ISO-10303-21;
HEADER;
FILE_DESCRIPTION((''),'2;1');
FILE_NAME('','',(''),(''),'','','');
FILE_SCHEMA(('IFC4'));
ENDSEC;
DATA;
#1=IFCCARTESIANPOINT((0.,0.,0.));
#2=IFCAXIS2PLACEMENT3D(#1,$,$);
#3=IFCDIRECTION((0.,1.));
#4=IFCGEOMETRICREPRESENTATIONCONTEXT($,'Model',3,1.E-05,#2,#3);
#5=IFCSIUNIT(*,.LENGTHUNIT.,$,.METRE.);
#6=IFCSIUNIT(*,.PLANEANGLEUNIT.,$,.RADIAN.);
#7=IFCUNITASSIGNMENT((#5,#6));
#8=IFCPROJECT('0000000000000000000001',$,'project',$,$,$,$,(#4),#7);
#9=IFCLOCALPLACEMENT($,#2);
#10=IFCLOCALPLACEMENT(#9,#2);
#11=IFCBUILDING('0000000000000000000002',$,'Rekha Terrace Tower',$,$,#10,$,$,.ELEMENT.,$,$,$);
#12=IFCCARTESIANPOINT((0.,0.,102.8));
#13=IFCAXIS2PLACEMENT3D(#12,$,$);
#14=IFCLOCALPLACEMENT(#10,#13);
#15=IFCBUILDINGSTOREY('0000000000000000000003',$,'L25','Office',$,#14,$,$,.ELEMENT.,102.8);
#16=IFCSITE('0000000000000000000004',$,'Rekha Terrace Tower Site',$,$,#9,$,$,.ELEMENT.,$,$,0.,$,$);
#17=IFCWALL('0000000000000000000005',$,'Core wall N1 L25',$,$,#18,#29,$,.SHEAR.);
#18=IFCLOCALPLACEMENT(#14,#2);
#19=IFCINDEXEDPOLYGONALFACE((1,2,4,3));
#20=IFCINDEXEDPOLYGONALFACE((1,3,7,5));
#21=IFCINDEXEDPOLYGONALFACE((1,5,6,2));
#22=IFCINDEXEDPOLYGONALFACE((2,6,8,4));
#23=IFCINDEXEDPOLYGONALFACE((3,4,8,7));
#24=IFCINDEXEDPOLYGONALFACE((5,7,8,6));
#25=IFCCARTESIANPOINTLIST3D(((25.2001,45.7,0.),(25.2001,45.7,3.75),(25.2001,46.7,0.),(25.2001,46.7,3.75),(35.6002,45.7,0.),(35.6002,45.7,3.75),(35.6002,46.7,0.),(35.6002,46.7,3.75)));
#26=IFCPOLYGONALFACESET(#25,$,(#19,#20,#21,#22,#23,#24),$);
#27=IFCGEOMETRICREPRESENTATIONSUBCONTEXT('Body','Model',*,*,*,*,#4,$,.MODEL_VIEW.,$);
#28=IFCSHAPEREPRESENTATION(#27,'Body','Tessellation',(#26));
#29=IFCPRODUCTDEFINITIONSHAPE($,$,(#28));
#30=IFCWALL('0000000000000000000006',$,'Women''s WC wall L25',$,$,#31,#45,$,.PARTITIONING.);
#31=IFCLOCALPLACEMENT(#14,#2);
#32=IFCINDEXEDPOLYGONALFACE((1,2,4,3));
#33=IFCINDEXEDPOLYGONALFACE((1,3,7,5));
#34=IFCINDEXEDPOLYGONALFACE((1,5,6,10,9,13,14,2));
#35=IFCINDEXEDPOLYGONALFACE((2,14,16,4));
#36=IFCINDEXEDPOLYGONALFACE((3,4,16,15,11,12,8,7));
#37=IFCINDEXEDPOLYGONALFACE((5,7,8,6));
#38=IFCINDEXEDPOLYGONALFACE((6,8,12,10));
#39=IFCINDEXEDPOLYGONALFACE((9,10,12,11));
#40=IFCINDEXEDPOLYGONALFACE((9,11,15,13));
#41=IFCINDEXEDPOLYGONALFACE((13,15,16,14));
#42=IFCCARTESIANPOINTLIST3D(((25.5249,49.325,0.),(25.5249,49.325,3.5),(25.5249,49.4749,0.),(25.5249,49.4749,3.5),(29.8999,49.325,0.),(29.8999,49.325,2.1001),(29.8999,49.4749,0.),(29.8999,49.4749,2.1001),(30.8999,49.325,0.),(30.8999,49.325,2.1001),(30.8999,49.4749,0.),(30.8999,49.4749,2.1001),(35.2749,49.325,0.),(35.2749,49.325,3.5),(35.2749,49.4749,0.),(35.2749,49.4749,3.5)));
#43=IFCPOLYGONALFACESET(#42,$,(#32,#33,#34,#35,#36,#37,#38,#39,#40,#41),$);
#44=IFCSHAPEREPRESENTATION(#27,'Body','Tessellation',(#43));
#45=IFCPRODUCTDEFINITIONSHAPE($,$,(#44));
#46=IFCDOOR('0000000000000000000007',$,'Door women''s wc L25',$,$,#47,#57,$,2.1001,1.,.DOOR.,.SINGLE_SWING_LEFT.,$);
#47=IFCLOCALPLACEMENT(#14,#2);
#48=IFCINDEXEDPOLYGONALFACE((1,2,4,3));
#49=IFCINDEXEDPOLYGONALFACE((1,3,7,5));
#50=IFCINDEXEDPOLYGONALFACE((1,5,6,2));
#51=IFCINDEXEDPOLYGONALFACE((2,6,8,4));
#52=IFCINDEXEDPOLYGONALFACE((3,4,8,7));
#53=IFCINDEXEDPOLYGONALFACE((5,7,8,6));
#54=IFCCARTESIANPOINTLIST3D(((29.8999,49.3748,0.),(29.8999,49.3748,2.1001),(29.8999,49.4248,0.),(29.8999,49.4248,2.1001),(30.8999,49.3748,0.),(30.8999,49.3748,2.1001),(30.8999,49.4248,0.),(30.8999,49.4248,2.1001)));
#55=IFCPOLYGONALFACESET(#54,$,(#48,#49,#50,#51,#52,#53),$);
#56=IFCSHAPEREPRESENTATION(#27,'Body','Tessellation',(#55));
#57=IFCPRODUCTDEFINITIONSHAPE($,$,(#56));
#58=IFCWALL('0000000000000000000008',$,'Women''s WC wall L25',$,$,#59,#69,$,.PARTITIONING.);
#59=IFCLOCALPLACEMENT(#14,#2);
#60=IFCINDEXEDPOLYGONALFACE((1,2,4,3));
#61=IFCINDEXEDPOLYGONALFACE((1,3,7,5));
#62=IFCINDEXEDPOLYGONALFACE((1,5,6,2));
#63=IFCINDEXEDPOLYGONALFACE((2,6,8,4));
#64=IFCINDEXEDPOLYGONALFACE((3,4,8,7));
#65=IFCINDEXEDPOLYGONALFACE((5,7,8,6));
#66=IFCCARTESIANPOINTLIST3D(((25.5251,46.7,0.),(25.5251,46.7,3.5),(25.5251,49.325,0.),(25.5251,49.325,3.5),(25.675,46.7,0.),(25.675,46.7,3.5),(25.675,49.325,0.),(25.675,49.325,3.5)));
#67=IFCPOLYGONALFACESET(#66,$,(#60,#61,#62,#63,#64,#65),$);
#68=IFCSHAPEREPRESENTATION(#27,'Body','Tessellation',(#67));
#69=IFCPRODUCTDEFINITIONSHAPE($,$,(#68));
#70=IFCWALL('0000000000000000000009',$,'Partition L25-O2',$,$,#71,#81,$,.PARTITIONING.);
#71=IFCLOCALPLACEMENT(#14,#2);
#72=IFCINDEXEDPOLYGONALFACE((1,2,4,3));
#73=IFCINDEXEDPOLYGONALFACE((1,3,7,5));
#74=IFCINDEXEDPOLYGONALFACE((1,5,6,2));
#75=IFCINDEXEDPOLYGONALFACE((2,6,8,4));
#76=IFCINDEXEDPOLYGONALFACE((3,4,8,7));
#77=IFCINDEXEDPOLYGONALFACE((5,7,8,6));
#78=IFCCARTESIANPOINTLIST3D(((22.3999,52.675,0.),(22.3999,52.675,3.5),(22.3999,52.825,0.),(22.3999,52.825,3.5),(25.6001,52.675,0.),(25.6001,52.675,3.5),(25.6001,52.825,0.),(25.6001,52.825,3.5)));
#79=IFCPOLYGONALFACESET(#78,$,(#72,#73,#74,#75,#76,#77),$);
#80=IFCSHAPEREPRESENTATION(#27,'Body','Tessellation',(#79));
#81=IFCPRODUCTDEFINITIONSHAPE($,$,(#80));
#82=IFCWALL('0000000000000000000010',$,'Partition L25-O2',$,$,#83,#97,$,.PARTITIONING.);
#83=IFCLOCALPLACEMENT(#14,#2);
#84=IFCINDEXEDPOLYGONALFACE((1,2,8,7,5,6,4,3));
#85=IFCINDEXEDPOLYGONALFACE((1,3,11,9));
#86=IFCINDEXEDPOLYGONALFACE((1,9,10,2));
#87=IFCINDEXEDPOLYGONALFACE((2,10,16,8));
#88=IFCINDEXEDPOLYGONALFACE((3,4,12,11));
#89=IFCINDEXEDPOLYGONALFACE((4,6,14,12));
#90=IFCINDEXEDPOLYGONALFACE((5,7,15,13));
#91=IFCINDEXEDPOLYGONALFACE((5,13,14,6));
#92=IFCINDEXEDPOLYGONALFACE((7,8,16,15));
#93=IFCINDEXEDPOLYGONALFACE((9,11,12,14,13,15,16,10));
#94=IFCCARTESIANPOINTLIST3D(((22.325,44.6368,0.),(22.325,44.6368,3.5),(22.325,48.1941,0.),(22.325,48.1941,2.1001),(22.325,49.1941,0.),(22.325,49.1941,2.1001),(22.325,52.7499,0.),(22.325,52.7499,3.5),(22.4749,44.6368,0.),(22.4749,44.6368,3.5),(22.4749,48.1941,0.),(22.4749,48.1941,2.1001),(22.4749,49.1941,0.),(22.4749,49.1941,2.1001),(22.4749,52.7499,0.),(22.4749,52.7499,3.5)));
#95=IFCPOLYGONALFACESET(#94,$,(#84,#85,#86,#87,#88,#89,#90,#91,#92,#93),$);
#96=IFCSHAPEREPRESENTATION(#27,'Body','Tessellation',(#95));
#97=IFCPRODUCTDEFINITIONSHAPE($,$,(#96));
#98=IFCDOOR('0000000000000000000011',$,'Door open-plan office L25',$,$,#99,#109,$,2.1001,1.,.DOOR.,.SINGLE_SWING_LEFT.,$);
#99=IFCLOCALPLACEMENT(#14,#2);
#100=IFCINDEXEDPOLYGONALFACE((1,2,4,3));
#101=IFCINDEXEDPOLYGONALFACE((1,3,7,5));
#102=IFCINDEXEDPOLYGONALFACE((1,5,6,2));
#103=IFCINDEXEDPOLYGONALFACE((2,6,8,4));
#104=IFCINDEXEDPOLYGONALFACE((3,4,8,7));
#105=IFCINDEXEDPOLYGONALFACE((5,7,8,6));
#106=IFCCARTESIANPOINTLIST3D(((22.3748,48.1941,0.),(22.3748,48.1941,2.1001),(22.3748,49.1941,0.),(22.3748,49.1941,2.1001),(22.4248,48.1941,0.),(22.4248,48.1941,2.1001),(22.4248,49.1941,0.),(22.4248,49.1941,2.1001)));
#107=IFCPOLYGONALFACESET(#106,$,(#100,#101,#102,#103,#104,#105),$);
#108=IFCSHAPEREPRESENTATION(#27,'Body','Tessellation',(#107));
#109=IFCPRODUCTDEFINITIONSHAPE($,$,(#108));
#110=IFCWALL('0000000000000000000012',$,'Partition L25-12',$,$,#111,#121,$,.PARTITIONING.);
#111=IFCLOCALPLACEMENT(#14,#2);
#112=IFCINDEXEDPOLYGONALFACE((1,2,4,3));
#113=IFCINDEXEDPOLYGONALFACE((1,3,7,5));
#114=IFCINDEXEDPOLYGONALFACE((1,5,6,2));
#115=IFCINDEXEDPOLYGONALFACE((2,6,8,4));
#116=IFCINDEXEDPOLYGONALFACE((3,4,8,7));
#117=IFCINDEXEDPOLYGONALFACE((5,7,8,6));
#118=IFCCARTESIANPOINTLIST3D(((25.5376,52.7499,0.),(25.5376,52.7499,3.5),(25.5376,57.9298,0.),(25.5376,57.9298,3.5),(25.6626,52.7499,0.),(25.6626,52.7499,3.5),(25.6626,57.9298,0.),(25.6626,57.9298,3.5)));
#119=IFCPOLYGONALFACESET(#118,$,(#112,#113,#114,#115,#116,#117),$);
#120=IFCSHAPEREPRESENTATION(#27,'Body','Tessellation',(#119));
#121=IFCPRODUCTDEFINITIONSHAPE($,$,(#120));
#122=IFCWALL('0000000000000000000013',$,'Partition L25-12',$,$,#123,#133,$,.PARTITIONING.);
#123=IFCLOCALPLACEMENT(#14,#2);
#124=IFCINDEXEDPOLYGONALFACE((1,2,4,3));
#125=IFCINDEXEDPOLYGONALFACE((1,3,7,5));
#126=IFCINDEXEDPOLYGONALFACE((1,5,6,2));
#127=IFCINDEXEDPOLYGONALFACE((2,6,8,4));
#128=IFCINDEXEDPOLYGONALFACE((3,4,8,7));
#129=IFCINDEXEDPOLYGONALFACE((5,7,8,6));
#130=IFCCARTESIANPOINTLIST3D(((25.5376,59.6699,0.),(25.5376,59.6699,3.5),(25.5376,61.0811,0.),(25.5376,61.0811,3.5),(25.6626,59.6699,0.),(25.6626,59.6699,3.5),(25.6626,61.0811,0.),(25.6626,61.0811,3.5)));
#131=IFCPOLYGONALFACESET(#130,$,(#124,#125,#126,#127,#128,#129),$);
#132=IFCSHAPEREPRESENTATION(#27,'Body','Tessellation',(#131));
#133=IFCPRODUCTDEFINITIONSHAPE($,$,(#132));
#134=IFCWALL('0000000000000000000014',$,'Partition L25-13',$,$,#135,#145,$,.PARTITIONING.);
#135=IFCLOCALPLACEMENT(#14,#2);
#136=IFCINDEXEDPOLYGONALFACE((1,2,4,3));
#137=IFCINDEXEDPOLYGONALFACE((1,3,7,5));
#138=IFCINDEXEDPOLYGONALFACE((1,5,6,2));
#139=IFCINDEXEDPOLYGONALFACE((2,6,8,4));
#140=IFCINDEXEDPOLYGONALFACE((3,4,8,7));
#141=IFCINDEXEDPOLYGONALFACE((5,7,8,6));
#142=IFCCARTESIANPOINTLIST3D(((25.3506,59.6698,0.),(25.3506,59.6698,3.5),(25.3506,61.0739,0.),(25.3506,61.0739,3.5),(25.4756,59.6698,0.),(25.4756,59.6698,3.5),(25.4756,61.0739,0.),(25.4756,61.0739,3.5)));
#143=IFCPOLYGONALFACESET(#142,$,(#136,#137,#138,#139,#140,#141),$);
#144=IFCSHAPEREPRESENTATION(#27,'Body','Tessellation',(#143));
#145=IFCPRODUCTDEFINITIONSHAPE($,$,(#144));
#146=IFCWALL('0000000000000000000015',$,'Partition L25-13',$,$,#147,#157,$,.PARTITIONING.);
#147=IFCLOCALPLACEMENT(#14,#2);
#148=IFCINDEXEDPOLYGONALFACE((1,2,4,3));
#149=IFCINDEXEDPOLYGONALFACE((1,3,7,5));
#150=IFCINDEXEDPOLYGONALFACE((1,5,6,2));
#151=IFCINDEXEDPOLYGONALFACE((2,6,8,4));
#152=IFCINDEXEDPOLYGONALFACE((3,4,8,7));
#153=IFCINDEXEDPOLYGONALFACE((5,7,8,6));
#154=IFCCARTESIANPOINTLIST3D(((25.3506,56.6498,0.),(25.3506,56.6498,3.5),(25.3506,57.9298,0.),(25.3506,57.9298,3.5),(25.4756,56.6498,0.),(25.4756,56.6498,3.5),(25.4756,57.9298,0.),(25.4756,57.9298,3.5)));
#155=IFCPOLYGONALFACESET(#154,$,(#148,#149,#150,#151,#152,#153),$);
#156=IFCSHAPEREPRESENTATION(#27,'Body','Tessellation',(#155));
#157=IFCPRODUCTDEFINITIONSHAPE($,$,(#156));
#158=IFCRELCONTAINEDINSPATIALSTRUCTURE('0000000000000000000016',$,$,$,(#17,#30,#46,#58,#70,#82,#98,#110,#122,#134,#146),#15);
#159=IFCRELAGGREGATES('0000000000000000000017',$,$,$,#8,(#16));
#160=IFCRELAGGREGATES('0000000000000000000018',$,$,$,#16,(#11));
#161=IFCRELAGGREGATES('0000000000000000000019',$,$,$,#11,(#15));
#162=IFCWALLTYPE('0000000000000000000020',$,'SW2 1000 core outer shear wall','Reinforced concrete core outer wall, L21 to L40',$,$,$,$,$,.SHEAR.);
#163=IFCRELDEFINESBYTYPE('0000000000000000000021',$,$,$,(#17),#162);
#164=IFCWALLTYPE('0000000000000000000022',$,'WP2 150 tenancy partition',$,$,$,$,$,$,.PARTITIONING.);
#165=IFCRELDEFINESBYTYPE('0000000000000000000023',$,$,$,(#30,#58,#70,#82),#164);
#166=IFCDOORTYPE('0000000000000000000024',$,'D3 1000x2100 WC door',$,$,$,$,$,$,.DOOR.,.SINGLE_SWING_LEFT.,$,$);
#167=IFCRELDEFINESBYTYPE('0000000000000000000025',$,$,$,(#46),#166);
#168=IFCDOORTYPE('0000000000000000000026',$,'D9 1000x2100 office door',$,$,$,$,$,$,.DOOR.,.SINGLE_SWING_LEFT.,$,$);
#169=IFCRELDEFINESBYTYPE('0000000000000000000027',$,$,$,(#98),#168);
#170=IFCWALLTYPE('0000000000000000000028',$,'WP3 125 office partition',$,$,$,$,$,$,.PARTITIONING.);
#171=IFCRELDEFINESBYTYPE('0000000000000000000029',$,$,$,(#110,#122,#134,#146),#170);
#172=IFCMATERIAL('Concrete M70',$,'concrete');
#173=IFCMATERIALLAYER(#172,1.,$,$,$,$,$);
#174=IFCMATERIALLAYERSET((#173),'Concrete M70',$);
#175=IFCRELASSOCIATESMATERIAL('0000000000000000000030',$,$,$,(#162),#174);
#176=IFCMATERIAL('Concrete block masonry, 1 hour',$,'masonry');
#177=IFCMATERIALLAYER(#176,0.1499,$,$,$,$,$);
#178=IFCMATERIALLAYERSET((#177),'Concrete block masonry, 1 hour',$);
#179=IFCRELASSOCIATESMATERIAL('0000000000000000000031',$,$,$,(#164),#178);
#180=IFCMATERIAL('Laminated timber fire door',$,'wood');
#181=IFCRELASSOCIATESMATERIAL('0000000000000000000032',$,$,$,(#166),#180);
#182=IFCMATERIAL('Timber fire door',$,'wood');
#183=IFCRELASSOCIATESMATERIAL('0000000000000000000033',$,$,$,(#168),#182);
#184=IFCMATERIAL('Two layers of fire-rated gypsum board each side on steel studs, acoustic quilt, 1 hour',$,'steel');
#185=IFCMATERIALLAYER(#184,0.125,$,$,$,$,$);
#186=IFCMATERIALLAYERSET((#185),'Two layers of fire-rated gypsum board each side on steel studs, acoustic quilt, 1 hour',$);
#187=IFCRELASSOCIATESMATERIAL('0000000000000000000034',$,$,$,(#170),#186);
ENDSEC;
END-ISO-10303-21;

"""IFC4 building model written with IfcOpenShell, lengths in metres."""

from ifc_helpers import new_model, si_unit, direction, frame, frame_2d, origin, place, context, subcontext, project, spatial, rectangle, extrude, material, layer, layer_set, type_object, element, fill, save


model = new_model("IFC4")

# Units and contexts
model_context = context("Model", 3, precision=1e-05, world=origin(), true_north=direction((0.0, 1.0)))
body_context = subcontext(model_context, "Body", "Model", "MODEL_VIEW")
ifc_project = project(units=[si_unit("LENGTHUNIT", "METRE"), si_unit("PLANEANGLEUNIT", "RADIAN")], contexts=[model_context])

# Site, building, storey
site_placement = place(None, origin())
site = spatial("IfcSite", under=ifc_project, at=site_placement, Name="Rekha Terrace Tower Site", CompositionType="ELEMENT", RefElevation=0.0)
building_placement = place(site_placement, origin())
building = spatial("IfcBuilding", under=site, at=building_placement, Name="Rekha Terrace Tower", CompositionType="ELEMENT")
storey_placement = place(building_placement, frame((0.0, 0.0, 102.8)))
storey = spatial("IfcBuildingStorey", under=building, at=storey_placement, Name="L25", Description="Office", CompositionType="ELEMENT", Elevation=102.8)

# Shared definitions
ifc_material_1 = material(Name="Concrete M70", Category="concrete")

# Wall
ifc_layer_1 = layer(ifc_material_1, 1.0)
ifc_layer_set_1 = layer_set([ifc_layer_1], Name="Concrete M70")
wall_type_1 = type_object("IfcWallType", Name="SW2 1000 core outer shear wall", Description="Reinforced concrete core outer wall, L21 to L40", PredefinedType="SHEAR", material=ifc_layer_set_1)
wall_1_placement = place(storey_placement, frame((25.2, 46.2, 0.0), z_axis=(0.0, 0.0, 1.0), x_axis=(1.0, 0.0, 0.0)))
element("IfcWall", 1, at=wall_1_placement, inside=storey, type_object=wall_type_1, Name="Core wall N1 L25", PredefinedType="SHEAR", context=body_context, shape_type="SweptSolid", body=[
    extrude(rectangle(XDim=10.4001, YDim=1.0, at=frame_2d((5.2002, 0.0))), origin(), (0.0, 0.0, 1.0), 3.75),
])

# Wall, opening, door
ifc_material_2 = material(Name="Concrete block masonry, 1 hour", Category="masonry")
ifc_layer_2 = layer(ifc_material_2, 0.1499)
ifc_layer_set_2 = layer_set([ifc_layer_2], Name="Concrete block masonry, 1 hour")
wall_type_2 = type_object("IfcWallType", Name="WP2 150 tenancy partition", PredefinedType="PARTITIONING", material=ifc_layer_set_2)
wall_2_placement = place(storey_placement, frame((25.5249, 49.3999, 0.0), z_axis=(0.0, 0.0, 1.0), x_axis=(1.0, 0.0, 0.0)))
wall_2 = element("IfcWall", 2, at=wall_2_placement, inside=storey, type_object=wall_type_2, Name="Women's WC wall L25", PredefinedType="PARTITIONING", context=body_context, shape_type="SweptSolid", body=[
    extrude(rectangle(XDim=9.75, YDim=0.1499, at=frame_2d((4.875, 0.0))), origin(), (0.0, 0.0, 1.0), 3.5),
])
opening_1_placement = place(wall_2_placement, frame((4.375, 0.0, 0.0)))
opening_1 = element("IfcOpeningElement", 3, at=opening_1_placement, cuts=wall_2, PredefinedType="OPENING", context=body_context, shape_type="SweptSolid", body=[
    extrude(rectangle(XDim=1.0, YDim=2.1001, at=frame_2d((0.5, 1.05))), frame((0.0, 0.085, 0.0), z_axis=(0.0, -1.0, 0.0), x_axis=(1.0, 0.0, 0.0)), (0.0, 0.0, 1.0), 0.1699),
])
ifc_material_3 = material(Name="Laminated timber fire door", Category="wood")
door_type_1 = type_object("IfcDoorType", Name="D3 1000x2100 WC door", OperationType="SINGLE_SWING_LEFT", PredefinedType="DOOR", material=ifc_material_3)
door_1_placement = place(opening_1_placement, origin())
door_1 = element("IfcDoor", 4, at=door_1_placement, inside=storey, type_object=door_type_1, Name="Door women's wc L25", OperationType="SINGLE_SWING_LEFT", OverallHeight=2.1001, OverallWidth=1.0, PredefinedType="DOOR", context=body_context, shape_type="SweptSolid", body=[
    extrude(rectangle(XDim=1.0, YDim=2.1001, at=frame_2d((0.5, 1.05))), frame((0.0, 0.0249, 0.0), z_axis=(0.0, -1.0, 0.0), x_axis=(1.0, 0.0, 0.0)), (0.0, 0.0, 1.0), 0.05),
])
fill(opening_1, door_1)

# Walls
wall_3_placement = place(storey_placement, frame((25.6001, 46.7, 0.0), z_axis=(0.0, 0.0, 1.0), x_axis=(0.0, 1.0, 0.0)))
element("IfcWall", 5, at=wall_3_placement, inside=storey, type_object=wall_type_2, Name="Women's WC wall L25", PredefinedType="PARTITIONING", context=body_context, shape_type="SweptSolid", body=[
    extrude(rectangle(XDim=2.625, YDim=0.1499, at=frame_2d((1.3125, 0.0))), origin(), (0.0, 0.0, 1.0), 3.5),
])
wall_4_placement = place(storey_placement, frame((25.6001, 52.75, 0.0), z_axis=(0.0, 0.0, 1.0), x_axis=(-1.0, 0.0, 0.0)))
element("IfcWall", 6, at=wall_4_placement, inside=storey, type_object=wall_type_2, Name="Partition L25-O2", PredefinedType="PARTITIONING", context=body_context, shape_type="SweptSolid", body=[
    extrude(rectangle(XDim=3.2002, YDim=0.1499, at=frame_2d((1.6001, 0.0))), origin(), (0.0, 0.0, 1.0), 3.5),
])

# Wall, opening, door
wall_5_placement = place(storey_placement, frame((22.3999, 52.75, 0.0), z_axis=(0.0, 0.0, 1.0), x_axis=(0.0, -1.0, 0.0)))
wall_5 = element("IfcWall", 7, at=wall_5_placement, inside=storey, type_object=wall_type_2, Name="Partition L25-O2", PredefinedType="PARTITIONING", context=body_context, shape_type="SweptSolid", body=[
    extrude(rectangle(XDim=8.113, YDim=0.1499, at=frame_2d((4.0566, 0.0))), origin(), (0.0, 0.0, 1.0), 3.5),
])
opening_2_placement = place(wall_5_placement, frame((3.5559, 0.0, 0.0)))
opening_2 = element("IfcOpeningElement", 8, at=opening_2_placement, cuts=wall_5, PredefinedType="OPENING", context=body_context, shape_type="SweptSolid", body=[
    extrude(rectangle(XDim=1.0, YDim=2.1001, at=frame_2d((0.5, 1.05))), frame((0.0, 0.085, 0.0), z_axis=(0.0, -1.0, 0.0), x_axis=(1.0, 0.0, 0.0)), (0.0, 0.0, 1.0), 0.1699),
])
ifc_material_4 = material(Name="Timber fire door", Category="wood")
door_type_2 = type_object("IfcDoorType", Name="D9 1000x2100 office door", OperationType="SINGLE_SWING_LEFT", PredefinedType="DOOR", material=ifc_material_4)
door_2_placement = place(opening_2_placement, origin())
door_2 = element("IfcDoor", 9, at=door_2_placement, inside=storey, type_object=door_type_2, Name="Door open-plan office L25", OperationType="SINGLE_SWING_LEFT", OverallHeight=2.1001, OverallWidth=1.0, PredefinedType="DOOR", context=body_context, shape_type="SweptSolid", body=[
    extrude(rectangle(XDim=1.0, YDim=2.1001, at=frame_2d((0.5, 1.05))), frame((0.0, 0.0249, 0.0), z_axis=(0.0, -1.0, 0.0), x_axis=(1.0, 0.0, 0.0)), (0.0, 0.0, 1.0), 0.05),
])
fill(opening_2, door_2)

# Walls
ifc_material_5 = material(Name="Two layers of fire-rated gypsum board each side on steel studs, acoustic quilt, 1 hour", Category="steel")
ifc_layer_3 = layer(ifc_material_5, 0.125)
ifc_layer_set_3 = layer_set([ifc_layer_3], Name="Two layers of fire-rated gypsum board each side on steel studs, acoustic quilt, 1 hour")
wall_type_3 = type_object("IfcWallType", Name="WP3 125 office partition", PredefinedType="PARTITIONING", material=ifc_layer_set_3)
wall_6_placement = place(storey_placement, frame((25.6001, 52.75, 0.0), z_axis=(0.0, 0.0, 1.0), x_axis=(0.0, 1.0, 0.0)))
element("IfcWall", 10, at=wall_6_placement, inside=storey, type_object=wall_type_3, Name="Partition L25-12", PredefinedType="PARTITIONING", context=body_context, shape_type="SweptSolid", body=[
    extrude(rectangle(XDim=5.1799, YDim=0.125, at=frame_2d((2.5898, 0.0))), origin(), (0.0, 0.0, 1.0), 3.5),
])
wall_7_placement = place(storey_placement, frame((25.6001, 59.6699, 0.0), z_axis=(0.0, 0.0, 1.0), x_axis=(0.0, 1.0, 0.0)))
element("IfcWall", 11, at=wall_7_placement, inside=storey, type_object=wall_type_3, Name="Partition L25-12", PredefinedType="PARTITIONING", context=body_context, shape_type="SweptSolid", body=[
    extrude(rectangle(XDim=1.4111, YDim=0.125, at=frame_2d((0.7056, 0.0))), origin(), (0.0, 0.0, 1.0), 3.5),
])
wall_8_placement = place(storey_placement, frame((25.4131, 61.074, 0.0), z_axis=(0.0, 0.0, 1.0), x_axis=(0.0, -1.0, 0.0)))
element("IfcWall", 12, at=wall_8_placement, inside=storey, type_object=wall_type_3, Name="Partition L25-13", PredefinedType="PARTITIONING", context=body_context, shape_type="SweptSolid", body=[
    extrude(rectangle(XDim=1.4041, YDim=0.125, at=frame_2d((0.7021, 0.0))), origin(), (0.0, 0.0, 1.0), 3.5),
])
wall_9_placement = place(storey_placement, frame((25.4131, 57.9299, 0.0), z_axis=(0.0, 0.0, 1.0), x_axis=(0.0, -1.0, 0.0)))
element("IfcWall", 13, at=wall_9_placement, inside=storey, type_object=wall_type_3, Name="Partition L25-13", PredefinedType="PARTITIONING", context=body_context, shape_type="SweptSolid", body=[
    extrude(rectangle(XDim=1.28, YDim=0.125, at=frame_2d((0.6401, 0.0))), origin(), (0.0, 0.0, 1.0), 3.5),
])

save(model, "model.ifc")
